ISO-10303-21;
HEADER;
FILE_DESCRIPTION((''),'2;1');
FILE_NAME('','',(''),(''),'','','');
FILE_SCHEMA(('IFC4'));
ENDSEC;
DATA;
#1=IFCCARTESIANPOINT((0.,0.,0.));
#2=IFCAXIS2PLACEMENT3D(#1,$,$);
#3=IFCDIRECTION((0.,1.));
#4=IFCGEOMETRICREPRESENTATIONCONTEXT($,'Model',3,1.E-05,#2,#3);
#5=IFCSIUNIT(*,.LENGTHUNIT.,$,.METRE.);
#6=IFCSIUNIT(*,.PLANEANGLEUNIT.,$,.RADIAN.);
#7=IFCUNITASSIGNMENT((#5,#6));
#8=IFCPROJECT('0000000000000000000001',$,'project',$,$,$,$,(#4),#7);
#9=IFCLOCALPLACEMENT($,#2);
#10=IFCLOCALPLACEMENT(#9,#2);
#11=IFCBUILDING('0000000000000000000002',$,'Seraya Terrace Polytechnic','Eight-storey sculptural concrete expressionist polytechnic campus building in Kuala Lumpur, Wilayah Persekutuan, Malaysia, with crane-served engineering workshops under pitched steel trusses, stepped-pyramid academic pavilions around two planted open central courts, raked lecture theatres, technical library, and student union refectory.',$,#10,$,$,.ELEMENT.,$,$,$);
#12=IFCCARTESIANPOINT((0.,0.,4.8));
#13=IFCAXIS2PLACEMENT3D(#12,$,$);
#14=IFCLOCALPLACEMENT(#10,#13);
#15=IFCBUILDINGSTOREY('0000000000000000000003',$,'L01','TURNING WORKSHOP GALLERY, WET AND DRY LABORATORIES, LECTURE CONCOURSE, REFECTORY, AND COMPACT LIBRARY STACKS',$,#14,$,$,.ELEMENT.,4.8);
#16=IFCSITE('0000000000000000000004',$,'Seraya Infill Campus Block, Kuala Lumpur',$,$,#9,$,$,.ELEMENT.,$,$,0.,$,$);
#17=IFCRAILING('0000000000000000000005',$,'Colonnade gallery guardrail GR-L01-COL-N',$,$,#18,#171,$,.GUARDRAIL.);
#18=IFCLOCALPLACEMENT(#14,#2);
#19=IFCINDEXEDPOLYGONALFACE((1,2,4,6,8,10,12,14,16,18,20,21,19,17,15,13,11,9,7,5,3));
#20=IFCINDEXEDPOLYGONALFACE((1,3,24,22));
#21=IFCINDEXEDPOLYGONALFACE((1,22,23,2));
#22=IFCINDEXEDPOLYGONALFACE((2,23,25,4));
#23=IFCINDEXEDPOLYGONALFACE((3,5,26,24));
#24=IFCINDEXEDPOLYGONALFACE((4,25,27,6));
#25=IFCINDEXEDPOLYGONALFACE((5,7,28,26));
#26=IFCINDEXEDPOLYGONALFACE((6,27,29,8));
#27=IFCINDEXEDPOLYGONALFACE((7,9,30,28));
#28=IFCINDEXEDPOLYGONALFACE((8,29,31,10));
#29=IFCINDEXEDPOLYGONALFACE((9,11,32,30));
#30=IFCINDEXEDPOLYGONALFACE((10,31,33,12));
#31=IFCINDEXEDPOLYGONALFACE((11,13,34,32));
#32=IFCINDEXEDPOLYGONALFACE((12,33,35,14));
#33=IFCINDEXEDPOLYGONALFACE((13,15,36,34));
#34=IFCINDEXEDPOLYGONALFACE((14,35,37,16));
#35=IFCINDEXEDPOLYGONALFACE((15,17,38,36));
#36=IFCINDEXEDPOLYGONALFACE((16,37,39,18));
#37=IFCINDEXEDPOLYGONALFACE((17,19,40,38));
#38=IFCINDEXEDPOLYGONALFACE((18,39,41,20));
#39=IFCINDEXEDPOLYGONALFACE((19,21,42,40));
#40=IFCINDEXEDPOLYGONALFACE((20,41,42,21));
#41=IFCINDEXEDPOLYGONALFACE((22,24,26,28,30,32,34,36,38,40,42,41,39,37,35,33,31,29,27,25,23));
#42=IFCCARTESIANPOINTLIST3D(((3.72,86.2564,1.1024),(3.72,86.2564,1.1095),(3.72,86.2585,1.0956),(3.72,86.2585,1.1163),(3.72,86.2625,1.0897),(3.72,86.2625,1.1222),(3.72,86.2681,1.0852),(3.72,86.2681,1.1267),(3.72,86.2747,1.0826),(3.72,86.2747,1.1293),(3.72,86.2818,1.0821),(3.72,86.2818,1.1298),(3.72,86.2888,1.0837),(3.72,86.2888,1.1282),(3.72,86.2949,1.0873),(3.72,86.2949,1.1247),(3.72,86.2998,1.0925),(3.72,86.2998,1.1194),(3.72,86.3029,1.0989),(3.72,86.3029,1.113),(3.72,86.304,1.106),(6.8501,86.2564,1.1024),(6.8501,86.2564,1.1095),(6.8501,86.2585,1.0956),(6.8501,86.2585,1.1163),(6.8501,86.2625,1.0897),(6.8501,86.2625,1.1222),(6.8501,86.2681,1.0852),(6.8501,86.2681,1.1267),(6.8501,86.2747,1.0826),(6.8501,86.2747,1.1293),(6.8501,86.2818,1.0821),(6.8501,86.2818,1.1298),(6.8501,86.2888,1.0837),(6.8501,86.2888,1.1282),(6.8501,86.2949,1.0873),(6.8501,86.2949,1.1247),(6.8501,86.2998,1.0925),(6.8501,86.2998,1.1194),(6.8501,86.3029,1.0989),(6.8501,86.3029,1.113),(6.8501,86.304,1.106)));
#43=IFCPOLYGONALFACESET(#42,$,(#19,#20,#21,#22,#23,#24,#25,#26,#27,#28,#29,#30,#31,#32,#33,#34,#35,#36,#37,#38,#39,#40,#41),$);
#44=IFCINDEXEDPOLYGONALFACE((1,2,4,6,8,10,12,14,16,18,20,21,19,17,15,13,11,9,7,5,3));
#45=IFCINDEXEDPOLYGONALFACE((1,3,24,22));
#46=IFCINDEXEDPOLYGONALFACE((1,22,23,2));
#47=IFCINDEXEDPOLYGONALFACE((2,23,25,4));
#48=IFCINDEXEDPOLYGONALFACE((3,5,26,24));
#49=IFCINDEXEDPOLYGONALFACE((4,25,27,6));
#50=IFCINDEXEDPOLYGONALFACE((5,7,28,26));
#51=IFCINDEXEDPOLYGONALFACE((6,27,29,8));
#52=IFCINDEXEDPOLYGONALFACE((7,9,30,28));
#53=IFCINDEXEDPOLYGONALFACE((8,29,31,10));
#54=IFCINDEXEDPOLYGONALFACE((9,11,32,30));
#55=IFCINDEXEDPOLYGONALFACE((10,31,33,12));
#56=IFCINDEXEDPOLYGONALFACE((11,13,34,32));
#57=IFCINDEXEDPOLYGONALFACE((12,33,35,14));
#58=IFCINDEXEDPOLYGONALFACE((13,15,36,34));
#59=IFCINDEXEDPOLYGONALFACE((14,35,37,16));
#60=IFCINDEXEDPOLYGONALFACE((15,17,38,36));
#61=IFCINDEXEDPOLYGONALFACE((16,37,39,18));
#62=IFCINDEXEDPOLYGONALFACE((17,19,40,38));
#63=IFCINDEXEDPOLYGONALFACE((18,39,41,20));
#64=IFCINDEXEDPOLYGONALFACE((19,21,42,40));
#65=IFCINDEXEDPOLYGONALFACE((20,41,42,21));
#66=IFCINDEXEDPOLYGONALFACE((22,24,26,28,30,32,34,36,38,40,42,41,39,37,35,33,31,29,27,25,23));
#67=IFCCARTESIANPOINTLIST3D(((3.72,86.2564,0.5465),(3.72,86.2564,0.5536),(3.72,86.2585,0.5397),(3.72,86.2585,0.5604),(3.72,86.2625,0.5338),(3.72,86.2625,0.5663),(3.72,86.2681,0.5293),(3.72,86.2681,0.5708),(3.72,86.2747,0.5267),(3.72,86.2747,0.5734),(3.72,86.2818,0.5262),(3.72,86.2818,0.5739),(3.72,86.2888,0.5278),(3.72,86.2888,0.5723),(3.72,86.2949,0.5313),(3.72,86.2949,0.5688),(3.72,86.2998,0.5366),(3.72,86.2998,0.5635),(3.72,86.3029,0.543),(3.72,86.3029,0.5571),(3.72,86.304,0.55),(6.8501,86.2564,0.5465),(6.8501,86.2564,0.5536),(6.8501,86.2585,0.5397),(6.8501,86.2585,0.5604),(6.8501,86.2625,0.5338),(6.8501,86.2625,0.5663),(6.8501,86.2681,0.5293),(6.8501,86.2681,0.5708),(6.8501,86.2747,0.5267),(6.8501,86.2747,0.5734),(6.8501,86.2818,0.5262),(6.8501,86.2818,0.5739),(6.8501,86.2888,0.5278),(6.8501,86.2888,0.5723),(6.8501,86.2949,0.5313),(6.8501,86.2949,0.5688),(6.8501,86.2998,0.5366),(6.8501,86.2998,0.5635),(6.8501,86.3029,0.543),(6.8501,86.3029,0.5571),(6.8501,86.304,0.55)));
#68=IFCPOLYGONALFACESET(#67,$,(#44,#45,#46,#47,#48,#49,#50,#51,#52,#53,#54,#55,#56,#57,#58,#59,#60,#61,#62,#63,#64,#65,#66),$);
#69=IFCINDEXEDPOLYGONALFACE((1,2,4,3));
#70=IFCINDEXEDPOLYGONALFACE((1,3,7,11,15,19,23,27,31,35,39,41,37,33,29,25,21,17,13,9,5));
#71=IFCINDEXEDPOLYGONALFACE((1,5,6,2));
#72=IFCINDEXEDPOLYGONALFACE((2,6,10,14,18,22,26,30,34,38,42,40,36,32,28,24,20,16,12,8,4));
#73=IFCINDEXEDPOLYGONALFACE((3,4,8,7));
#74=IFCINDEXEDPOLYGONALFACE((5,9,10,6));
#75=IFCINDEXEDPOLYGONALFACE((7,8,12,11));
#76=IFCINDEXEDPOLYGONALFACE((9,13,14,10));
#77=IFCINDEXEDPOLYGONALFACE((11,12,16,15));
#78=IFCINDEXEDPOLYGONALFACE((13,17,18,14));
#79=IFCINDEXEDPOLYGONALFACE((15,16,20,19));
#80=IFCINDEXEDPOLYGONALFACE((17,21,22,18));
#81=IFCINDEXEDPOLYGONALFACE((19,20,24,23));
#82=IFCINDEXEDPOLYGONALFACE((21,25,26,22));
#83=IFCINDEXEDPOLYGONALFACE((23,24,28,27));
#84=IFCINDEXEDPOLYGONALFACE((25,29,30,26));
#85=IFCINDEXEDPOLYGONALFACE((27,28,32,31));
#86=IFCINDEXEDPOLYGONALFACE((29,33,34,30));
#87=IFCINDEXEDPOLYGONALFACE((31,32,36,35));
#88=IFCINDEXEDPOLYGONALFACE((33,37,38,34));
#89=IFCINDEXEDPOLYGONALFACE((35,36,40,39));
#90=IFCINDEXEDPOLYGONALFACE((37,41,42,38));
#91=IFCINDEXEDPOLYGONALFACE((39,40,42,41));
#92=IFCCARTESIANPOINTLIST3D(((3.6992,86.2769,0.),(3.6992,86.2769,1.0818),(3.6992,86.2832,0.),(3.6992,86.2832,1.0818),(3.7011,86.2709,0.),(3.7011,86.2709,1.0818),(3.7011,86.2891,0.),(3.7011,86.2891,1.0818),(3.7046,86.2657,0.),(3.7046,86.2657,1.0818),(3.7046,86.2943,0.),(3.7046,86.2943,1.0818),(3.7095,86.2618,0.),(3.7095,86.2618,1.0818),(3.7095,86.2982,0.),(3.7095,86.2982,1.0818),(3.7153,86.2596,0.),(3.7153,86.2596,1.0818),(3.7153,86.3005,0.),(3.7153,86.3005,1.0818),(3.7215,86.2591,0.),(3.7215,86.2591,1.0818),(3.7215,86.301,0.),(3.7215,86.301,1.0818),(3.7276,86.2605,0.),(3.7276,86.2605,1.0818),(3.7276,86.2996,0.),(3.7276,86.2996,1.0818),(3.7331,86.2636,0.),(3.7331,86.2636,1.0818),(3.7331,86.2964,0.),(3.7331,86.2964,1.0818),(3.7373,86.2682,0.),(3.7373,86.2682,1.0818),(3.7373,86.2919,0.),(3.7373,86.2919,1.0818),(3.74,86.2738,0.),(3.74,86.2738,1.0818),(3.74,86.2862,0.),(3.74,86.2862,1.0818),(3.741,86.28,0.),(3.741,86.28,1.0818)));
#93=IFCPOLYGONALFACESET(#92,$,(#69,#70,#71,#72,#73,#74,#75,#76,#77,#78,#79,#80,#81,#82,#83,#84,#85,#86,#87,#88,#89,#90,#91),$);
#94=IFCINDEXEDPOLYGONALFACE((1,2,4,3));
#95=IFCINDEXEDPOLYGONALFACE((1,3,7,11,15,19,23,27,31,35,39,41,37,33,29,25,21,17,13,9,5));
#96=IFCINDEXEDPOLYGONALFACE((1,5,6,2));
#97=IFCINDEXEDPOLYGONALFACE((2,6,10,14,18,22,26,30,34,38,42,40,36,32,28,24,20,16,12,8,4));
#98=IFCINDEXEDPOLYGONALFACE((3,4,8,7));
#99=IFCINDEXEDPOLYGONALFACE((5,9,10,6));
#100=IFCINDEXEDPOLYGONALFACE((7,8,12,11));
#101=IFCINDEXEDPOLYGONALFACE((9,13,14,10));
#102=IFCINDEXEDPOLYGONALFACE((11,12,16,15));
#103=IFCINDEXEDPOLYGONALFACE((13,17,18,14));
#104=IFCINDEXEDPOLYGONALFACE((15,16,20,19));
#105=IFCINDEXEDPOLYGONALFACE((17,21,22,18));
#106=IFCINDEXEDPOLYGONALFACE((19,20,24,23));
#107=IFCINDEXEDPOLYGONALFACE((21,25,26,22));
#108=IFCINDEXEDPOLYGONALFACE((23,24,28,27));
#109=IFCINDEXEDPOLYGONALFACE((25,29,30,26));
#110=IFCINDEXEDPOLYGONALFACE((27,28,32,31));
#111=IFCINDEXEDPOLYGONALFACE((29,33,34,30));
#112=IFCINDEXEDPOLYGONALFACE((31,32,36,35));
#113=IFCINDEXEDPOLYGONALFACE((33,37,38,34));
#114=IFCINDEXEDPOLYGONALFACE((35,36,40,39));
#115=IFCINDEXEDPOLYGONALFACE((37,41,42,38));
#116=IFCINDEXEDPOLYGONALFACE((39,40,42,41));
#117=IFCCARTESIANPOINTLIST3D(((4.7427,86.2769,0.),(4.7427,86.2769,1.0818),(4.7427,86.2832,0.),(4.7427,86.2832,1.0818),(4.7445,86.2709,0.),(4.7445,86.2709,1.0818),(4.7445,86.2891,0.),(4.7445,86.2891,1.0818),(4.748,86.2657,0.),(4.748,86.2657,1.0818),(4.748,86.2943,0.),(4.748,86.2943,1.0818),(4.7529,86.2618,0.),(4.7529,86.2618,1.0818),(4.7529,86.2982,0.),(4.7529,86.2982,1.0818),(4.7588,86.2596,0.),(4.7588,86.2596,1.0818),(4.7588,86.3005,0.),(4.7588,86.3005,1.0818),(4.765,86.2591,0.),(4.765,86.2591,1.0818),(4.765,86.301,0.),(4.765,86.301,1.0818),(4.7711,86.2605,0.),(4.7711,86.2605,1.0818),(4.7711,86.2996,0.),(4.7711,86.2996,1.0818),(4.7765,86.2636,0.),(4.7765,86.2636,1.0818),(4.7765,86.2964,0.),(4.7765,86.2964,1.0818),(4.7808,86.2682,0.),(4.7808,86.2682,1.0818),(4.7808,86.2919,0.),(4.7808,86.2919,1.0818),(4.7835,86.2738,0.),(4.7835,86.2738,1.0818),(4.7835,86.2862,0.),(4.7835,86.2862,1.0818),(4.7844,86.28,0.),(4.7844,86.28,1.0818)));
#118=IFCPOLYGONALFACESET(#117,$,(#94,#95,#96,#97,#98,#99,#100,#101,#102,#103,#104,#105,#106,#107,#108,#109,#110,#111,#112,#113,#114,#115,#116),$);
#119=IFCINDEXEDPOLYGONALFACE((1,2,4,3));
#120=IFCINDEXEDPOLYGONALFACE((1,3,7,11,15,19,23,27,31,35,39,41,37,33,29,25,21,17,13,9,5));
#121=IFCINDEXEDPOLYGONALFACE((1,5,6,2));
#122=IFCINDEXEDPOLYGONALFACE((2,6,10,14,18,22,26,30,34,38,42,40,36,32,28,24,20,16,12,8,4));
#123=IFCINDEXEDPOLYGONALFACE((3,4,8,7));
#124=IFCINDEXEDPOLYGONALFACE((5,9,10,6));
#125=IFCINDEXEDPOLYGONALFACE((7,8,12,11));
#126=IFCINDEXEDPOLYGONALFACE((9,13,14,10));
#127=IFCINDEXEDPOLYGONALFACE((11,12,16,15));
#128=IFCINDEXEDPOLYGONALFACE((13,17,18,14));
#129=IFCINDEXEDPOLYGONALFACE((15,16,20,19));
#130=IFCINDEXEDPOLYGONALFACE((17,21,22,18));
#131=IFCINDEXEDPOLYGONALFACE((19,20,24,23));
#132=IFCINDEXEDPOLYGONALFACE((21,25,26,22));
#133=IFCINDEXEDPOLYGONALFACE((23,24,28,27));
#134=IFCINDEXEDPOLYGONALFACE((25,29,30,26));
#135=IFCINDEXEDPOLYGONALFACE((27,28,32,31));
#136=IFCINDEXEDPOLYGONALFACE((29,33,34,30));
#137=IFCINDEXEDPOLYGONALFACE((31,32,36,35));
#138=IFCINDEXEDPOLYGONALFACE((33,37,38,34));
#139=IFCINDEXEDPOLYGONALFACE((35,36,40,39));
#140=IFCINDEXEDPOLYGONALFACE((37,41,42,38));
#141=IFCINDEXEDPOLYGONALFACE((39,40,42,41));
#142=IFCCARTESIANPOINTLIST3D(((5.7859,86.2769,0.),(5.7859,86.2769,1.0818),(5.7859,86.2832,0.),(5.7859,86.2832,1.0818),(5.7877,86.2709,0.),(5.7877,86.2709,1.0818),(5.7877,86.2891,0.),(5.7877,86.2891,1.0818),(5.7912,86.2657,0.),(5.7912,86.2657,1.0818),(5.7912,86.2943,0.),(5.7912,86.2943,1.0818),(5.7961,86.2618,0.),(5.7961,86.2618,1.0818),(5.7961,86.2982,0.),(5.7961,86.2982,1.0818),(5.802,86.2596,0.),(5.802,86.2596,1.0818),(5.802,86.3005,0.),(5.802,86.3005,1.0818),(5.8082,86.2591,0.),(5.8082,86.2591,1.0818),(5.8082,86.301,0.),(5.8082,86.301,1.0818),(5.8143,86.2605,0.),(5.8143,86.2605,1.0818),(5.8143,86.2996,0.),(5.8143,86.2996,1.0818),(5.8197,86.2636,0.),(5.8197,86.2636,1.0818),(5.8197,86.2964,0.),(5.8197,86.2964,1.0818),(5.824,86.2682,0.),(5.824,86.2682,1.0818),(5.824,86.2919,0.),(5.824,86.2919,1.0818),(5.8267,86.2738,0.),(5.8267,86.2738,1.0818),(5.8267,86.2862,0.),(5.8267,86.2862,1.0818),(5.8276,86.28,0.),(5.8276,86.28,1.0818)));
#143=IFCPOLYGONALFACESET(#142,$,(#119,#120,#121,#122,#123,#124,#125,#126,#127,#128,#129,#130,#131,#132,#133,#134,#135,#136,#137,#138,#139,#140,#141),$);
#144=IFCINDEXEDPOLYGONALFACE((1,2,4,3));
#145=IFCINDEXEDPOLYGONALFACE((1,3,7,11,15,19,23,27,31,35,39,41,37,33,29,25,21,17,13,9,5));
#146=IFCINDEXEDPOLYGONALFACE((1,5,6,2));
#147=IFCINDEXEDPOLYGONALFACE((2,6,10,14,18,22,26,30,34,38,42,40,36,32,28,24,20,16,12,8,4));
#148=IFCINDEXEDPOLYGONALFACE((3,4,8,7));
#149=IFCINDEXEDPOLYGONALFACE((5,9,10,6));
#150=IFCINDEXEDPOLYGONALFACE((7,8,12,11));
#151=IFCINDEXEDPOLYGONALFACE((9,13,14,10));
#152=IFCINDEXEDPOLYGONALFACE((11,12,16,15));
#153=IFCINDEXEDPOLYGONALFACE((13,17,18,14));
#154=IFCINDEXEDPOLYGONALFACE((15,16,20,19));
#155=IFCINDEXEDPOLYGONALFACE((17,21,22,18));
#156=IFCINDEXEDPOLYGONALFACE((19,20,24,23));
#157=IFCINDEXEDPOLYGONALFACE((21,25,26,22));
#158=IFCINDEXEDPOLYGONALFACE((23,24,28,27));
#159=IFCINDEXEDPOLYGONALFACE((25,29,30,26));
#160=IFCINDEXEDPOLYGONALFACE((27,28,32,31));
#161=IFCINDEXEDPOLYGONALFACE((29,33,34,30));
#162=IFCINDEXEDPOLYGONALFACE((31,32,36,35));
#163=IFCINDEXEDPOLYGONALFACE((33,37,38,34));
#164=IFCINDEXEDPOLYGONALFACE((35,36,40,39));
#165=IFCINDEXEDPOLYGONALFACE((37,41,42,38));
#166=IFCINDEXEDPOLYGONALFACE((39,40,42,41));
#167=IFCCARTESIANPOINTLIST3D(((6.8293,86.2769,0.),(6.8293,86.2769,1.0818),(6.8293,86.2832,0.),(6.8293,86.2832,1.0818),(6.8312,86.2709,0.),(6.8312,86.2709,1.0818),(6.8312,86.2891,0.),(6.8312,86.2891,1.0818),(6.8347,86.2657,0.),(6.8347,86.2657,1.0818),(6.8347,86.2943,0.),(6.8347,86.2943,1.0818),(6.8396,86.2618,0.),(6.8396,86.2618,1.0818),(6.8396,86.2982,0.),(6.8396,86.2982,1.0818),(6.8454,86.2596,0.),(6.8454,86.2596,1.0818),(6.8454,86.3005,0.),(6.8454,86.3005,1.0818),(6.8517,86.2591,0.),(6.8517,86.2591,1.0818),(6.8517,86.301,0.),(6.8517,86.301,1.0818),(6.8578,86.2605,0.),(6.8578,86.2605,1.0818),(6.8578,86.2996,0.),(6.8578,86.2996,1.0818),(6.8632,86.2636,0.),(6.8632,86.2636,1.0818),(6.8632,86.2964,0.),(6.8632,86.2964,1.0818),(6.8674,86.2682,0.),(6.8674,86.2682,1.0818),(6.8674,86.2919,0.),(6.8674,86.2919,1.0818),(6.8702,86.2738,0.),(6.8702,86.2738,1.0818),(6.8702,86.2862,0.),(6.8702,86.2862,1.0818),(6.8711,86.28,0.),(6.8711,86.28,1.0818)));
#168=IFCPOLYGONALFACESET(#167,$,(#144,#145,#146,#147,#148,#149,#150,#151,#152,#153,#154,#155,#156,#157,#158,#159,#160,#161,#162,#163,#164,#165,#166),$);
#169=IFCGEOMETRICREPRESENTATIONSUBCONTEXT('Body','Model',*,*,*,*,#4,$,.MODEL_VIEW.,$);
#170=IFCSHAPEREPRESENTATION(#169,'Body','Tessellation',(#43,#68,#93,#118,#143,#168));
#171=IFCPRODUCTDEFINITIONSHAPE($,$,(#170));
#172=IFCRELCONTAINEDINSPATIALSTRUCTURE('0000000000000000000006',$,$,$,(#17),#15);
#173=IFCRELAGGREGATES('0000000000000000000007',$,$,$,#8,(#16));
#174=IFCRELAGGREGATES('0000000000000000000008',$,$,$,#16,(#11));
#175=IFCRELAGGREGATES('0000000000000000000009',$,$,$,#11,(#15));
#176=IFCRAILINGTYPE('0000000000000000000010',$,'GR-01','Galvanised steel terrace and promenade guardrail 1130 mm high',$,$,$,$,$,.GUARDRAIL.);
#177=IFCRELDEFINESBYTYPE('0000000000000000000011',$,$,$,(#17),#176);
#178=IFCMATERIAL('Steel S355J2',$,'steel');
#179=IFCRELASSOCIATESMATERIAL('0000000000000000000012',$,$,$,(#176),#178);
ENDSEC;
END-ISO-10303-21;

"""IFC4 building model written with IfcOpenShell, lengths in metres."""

from ifc_helpers import new_model, si_unit, direction, frame, origin, origin_2d, place, context, subcontext, project, spatial, circle, extrude, material, type_object, element, save


model = new_model("IFC4")

# Units and contexts
model_context = context("Model", 3, precision=1e-05, world=origin(), true_north=direction((0.0, 1.0)))
body_context = subcontext(model_context, "Body", "Model", "MODEL_VIEW")
ifc_project = project(units=[si_unit("LENGTHUNIT", "METRE"), si_unit("PLANEANGLEUNIT", "RADIAN")], contexts=[model_context])

# Site, building, storey
site_placement = place(None, origin())
site = spatial("IfcSite", under=ifc_project, at=site_placement, Name="Seraya Infill Campus Block, Kuala Lumpur", CompositionType="ELEMENT", RefElevation=0.0)
building_placement = place(site_placement, origin())
building = spatial("IfcBuilding", under=site, at=building_placement, Name="Seraya Terrace Polytechnic", Description="Eight-storey sculptural concrete expressionist polytechnic campus building in Kuala Lumpur, Wilayah Persekutuan, Malaysia, with crane-served engineering workshops under pitched steel trusses, stepped-pyramid academic pavilions around two planted open central courts, raked lecture theatres, technical library, and student union refectory.", CompositionType="ELEMENT")
storey_placement = place(building_placement, frame((0.0, 0.0, 4.8)))
storey = spatial("IfcBuildingStorey", under=building, at=storey_placement, Name="L01", Description="TURNING WORKSHOP GALLERY, WET AND DRY LABORATORIES, LECTURE CONCOURSE, REFECTORY, AND COMPACT LIBRARY STACKS", CompositionType="ELEMENT", Elevation=4.8)

# Railing
ifc_material_1 = material(Name="Steel S355J2", Category="steel")
railing_type = type_object("IfcRailingType", Name="GR-01", Description="Galvanised steel terrace and promenade guardrail 1130 mm high", PredefinedType="GUARDRAIL", material=ifc_material_1)
railing_placement = place(storey_placement, frame((3.72, 86.28, 0.0)))
element("IfcRailing", 1, at=railing_placement, inside=storey, type_object=railing_type, Name="Colonnade gallery guardrail GR-L01-COL-N", PredefinedType="GUARDRAIL", context=body_context, shape_type="SweptSolid", body=[
    extrude(circle(Radius=0.0239, at=origin_2d()), frame((0.0, 0.0, 1.106), z_axis=(1.0, 0.0, 0.0), x_axis=(0.0, 1.0, 0.0)), (0.0, 0.0, 1.0), 3.1301),
    extrude(circle(Radius=0.0239, at=origin_2d()), frame((0.0, 0.0, 0.55), z_axis=(1.0, 0.0, 0.0), x_axis=(0.0, 1.0, 0.0)), (0.0, 0.0, 1.0), 3.1301),
    extrude(circle(Radius=0.021, at=origin_2d()), origin(), (0.0, 0.0, 1.0), 1.0818),
    extrude(circle(Radius=0.021, at=origin_2d()), frame((1.0435, 0.0, 0.0)), (0.0, 0.0, 1.0), 1.0818),
    extrude(circle(Radius=0.021, at=origin_2d()), frame((2.0867, 0.0, 0.0)), (0.0, 0.0, 1.0), 1.0818),
    extrude(circle(Radius=0.021, at=origin_2d()), frame((3.1301, 0.0, 0.0)), (0.0, 0.0, 1.0), 1.0818),
])

save(model, "model.ifc")
